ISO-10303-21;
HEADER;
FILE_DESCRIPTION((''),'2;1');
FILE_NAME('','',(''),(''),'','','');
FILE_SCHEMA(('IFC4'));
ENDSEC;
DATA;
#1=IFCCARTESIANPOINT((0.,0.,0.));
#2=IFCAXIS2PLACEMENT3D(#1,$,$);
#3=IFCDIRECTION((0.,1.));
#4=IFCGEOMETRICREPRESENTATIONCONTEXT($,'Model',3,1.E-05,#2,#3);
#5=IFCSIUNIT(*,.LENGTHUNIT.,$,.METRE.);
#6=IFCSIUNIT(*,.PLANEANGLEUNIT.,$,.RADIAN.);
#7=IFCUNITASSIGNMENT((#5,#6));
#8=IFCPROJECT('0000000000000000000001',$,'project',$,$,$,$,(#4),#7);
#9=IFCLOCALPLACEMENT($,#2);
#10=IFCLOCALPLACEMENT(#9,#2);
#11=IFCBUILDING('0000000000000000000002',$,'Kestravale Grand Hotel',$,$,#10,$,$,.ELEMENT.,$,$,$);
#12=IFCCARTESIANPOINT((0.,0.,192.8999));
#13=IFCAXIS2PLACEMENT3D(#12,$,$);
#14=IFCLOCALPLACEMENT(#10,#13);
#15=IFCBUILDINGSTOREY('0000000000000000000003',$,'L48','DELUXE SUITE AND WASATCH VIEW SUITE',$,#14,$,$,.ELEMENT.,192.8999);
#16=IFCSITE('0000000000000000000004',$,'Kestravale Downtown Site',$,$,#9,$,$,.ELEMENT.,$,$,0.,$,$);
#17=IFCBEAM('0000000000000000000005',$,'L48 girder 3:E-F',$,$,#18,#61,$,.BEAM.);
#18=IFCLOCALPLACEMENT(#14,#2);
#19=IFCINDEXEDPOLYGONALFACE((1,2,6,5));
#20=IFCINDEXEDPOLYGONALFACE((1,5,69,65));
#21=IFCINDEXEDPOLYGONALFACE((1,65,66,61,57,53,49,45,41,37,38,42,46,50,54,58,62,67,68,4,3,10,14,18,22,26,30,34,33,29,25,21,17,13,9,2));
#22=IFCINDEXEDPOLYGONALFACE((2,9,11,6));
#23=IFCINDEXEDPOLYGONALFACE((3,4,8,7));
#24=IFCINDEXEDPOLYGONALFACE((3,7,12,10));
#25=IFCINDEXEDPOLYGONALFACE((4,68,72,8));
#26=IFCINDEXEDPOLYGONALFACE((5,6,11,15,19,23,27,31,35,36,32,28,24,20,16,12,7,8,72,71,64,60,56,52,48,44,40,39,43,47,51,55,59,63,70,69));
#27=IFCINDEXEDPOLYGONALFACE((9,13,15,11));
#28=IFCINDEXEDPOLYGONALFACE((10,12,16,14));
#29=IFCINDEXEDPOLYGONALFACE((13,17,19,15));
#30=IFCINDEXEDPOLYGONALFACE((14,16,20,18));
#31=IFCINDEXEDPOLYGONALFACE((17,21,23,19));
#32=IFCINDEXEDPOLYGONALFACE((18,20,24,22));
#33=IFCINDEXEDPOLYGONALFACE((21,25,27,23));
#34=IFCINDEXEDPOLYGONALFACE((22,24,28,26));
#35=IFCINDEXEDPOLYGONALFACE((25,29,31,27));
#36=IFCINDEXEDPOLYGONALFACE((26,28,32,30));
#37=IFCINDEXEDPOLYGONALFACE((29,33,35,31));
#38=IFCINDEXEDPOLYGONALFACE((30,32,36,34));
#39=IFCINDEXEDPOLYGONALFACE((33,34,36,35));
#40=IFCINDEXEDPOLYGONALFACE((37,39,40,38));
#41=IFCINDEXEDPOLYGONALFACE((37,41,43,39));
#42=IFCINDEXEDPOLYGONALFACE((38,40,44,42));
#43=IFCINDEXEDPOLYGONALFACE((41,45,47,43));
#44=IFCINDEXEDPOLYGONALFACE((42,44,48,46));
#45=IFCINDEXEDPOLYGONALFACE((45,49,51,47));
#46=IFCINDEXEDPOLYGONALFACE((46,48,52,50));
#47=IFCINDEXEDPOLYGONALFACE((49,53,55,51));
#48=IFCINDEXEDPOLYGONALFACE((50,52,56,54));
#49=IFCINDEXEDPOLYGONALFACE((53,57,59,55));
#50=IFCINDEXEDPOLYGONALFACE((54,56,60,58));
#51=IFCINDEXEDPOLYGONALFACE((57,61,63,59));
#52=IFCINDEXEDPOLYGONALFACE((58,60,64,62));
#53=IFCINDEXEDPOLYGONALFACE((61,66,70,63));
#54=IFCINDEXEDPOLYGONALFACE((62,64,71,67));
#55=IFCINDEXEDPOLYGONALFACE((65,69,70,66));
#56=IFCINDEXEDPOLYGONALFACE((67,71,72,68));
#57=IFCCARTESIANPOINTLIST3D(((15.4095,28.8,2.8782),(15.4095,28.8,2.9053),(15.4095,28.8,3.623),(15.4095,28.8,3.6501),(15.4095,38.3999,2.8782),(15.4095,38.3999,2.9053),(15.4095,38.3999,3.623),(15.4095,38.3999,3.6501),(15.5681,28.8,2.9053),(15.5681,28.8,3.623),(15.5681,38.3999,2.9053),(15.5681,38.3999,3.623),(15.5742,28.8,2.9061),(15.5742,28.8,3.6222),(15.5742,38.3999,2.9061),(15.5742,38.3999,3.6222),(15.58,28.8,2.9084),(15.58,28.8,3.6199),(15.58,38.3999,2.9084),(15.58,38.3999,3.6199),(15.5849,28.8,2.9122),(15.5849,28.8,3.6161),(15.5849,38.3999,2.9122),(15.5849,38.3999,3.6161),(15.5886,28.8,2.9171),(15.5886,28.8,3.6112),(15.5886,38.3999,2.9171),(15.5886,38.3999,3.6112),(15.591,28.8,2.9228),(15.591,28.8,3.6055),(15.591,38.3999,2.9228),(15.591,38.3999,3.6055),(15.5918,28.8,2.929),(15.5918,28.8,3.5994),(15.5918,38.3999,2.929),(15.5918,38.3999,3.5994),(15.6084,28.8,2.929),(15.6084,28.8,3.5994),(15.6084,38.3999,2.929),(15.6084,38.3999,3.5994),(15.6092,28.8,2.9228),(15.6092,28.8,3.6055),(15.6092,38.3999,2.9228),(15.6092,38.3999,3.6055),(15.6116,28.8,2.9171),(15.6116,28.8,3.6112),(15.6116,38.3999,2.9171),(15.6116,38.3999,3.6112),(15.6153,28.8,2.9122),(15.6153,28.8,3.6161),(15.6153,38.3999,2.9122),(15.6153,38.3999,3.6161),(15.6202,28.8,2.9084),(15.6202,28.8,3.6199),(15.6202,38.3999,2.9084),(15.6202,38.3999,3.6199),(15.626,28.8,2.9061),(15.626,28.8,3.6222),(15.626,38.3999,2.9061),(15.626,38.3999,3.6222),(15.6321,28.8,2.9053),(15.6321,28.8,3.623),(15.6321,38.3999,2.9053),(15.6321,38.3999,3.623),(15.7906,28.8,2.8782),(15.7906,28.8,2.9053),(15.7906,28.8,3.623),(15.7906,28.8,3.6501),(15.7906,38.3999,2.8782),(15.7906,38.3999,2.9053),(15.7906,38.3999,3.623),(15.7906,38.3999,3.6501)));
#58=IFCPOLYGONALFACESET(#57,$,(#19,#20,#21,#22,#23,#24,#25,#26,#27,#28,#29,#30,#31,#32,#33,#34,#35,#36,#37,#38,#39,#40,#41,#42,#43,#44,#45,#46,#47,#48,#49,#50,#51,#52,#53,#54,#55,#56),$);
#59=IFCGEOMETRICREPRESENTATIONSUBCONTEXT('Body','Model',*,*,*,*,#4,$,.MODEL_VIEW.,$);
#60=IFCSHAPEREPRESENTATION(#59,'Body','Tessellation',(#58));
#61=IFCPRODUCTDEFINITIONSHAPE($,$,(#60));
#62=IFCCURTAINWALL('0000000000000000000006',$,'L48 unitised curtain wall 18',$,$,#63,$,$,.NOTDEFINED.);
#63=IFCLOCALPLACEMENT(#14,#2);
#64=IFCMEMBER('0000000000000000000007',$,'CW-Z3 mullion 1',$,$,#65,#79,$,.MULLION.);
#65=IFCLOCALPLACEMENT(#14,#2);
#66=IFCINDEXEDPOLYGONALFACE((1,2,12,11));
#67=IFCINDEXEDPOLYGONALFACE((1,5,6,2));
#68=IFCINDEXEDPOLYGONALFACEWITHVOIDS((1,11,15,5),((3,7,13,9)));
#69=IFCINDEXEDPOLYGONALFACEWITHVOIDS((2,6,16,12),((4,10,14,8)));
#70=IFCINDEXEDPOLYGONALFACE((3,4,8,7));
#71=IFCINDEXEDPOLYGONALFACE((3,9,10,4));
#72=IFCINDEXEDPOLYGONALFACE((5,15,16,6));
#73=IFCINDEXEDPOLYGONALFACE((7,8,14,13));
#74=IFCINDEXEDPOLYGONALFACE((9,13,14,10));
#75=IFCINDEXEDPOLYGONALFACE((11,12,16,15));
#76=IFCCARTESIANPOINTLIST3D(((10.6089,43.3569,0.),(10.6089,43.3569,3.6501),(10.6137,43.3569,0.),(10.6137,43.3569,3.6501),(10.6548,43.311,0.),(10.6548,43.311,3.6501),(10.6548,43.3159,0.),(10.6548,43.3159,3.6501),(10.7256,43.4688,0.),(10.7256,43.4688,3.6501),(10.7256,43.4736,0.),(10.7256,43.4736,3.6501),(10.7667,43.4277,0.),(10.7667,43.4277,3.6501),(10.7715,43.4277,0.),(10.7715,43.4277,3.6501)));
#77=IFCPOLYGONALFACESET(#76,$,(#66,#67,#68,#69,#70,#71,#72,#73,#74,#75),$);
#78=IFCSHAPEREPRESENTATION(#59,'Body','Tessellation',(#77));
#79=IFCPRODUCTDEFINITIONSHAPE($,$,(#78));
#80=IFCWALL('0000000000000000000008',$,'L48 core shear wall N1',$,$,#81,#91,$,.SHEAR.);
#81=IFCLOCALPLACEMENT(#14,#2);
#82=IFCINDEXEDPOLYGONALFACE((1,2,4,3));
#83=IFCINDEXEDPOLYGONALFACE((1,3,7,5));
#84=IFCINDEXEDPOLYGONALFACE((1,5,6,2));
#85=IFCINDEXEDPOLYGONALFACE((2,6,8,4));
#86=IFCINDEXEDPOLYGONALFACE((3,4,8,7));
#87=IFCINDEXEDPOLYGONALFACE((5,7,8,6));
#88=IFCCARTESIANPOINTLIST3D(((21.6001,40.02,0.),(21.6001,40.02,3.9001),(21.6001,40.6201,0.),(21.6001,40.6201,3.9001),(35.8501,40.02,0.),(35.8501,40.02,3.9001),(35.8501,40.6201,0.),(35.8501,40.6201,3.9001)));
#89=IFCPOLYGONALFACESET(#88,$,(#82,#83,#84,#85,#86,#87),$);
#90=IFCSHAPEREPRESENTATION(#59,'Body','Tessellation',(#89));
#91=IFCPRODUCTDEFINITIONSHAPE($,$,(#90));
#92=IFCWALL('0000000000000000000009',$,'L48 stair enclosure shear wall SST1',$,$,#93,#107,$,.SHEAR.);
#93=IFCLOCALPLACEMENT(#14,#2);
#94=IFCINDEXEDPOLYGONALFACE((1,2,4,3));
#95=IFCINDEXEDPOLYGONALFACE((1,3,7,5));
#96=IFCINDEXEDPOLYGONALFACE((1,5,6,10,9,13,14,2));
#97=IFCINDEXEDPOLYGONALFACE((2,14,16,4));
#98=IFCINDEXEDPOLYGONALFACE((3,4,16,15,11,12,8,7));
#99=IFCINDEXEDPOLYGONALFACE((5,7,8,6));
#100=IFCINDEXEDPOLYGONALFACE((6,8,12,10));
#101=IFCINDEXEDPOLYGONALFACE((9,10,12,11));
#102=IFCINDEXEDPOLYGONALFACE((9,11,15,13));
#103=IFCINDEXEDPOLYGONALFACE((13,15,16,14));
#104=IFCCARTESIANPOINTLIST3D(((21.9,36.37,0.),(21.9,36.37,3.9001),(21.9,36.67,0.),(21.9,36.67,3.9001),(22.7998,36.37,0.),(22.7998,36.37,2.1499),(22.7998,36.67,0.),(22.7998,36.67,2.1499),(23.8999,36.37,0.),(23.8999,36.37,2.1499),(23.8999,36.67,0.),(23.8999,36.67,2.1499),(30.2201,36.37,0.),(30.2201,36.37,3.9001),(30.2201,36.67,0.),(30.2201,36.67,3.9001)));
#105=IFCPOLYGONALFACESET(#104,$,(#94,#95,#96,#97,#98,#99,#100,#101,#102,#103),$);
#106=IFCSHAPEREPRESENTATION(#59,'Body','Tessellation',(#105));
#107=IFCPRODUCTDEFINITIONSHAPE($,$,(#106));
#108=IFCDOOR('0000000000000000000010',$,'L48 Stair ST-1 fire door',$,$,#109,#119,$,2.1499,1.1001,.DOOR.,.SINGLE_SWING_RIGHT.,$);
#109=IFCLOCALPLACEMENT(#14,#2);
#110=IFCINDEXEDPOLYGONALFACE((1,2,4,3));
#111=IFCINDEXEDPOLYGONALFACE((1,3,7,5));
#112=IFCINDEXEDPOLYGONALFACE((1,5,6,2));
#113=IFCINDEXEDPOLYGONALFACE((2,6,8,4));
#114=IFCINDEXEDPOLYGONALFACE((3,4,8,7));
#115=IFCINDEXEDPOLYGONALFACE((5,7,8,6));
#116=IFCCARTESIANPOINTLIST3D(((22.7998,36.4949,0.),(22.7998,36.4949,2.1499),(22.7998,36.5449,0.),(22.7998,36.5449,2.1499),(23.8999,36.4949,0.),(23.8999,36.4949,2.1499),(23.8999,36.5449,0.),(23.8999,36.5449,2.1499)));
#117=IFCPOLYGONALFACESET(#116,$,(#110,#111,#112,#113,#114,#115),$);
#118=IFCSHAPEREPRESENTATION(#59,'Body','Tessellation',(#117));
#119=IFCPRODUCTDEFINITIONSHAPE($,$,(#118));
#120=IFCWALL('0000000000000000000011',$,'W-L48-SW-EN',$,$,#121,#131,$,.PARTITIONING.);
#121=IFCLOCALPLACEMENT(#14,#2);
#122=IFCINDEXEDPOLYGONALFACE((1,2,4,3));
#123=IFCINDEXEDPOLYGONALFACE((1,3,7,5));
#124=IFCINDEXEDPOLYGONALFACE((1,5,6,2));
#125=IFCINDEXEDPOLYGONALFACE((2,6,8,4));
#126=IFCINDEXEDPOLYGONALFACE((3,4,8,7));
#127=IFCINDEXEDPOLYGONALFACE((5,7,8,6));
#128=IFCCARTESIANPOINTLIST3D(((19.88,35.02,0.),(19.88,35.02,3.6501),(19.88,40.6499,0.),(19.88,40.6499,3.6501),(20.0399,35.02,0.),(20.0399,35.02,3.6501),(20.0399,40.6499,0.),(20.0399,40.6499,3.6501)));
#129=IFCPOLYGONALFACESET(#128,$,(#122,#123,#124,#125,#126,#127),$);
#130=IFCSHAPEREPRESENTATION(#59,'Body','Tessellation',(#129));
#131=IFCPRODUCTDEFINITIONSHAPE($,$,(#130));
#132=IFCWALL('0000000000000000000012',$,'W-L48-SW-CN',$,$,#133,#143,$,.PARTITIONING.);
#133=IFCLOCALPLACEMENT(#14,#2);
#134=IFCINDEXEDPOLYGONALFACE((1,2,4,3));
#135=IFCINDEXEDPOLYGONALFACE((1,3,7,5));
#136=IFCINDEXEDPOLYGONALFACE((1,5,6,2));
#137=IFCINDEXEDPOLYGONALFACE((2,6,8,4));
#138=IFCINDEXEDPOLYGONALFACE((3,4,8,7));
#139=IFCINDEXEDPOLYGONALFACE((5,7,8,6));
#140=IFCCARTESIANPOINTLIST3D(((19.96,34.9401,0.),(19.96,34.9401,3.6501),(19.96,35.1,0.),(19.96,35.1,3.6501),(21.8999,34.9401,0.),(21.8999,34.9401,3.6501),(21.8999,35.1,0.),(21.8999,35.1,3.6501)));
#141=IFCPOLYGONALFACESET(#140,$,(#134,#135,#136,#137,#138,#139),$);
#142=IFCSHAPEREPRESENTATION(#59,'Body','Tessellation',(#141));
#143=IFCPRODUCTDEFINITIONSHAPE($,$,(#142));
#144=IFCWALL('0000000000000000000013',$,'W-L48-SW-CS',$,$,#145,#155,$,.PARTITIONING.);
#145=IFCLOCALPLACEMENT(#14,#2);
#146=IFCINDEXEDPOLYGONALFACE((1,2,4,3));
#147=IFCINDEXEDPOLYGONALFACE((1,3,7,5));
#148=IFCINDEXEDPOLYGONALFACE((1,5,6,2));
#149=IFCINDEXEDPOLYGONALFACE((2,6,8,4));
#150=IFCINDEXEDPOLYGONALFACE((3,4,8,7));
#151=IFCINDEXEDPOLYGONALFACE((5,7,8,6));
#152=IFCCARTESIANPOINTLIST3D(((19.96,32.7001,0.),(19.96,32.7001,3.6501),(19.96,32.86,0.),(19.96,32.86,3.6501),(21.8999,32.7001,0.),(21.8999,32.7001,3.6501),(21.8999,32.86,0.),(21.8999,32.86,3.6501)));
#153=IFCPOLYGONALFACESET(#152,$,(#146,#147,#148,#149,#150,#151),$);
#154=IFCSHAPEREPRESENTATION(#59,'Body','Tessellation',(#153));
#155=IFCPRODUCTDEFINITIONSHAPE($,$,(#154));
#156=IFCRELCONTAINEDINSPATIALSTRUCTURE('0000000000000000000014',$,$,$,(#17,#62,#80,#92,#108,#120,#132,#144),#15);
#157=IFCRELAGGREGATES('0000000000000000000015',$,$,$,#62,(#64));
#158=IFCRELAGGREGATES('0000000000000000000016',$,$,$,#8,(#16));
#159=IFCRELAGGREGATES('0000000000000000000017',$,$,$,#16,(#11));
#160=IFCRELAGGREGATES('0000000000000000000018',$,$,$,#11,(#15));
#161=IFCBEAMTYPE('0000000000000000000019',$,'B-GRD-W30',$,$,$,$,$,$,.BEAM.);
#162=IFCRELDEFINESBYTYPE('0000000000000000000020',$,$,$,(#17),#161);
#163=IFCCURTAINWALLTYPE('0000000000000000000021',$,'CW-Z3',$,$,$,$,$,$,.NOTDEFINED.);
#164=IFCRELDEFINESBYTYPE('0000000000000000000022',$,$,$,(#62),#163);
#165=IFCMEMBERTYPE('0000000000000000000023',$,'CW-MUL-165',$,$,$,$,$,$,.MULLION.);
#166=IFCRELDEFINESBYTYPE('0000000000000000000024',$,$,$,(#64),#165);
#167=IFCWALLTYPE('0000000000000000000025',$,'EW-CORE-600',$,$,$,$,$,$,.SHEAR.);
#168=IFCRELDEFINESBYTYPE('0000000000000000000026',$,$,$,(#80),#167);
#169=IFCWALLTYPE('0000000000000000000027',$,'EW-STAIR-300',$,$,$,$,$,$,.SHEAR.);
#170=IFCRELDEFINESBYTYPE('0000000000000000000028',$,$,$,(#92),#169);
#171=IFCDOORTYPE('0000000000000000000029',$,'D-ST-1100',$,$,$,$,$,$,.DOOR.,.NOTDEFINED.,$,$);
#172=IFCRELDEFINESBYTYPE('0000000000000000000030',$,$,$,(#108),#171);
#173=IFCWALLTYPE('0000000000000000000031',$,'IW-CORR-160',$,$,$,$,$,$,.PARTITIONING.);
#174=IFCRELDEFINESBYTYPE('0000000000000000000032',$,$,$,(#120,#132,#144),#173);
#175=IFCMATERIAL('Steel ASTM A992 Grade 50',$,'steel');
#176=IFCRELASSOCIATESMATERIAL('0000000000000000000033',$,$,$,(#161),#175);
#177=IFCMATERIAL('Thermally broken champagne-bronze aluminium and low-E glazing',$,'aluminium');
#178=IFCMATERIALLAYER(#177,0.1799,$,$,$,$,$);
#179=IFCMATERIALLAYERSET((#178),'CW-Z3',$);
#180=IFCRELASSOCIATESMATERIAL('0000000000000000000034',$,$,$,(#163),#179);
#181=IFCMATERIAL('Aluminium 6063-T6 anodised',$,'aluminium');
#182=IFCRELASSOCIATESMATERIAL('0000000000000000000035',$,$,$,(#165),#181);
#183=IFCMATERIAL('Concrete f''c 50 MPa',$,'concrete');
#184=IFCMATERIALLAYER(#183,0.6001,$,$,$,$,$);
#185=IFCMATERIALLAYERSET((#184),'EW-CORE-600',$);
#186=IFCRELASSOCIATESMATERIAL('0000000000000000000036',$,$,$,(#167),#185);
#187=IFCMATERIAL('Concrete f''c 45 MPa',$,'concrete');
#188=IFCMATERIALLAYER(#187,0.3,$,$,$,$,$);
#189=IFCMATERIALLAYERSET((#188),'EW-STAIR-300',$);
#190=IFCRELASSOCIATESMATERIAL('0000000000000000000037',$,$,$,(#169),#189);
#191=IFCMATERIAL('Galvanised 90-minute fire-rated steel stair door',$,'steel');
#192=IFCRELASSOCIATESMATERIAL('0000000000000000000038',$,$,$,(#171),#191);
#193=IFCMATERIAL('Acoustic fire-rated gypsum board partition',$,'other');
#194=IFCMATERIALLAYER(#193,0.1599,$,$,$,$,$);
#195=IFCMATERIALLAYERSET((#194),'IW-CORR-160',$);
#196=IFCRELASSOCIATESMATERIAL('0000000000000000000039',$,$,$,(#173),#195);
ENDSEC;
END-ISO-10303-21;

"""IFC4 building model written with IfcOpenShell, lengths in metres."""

from ifc_helpers import new_model, si_unit, direction, frame, frame_2d, origin, origin_2d, place, context, subcontext, project, spatial, rectangle, hollow_rectangle, i_section, extrude, material, layer, layer_set, material_profile, profile_set, type_object, element, fill, aggregate, save


model = new_model("IFC4")

# Units and contexts
model_context = context("Model", 3, precision=1e-05, world=origin(), true_north=direction((0.0, 1.0)))
body_context = subcontext(model_context, "Body", "Model", "MODEL_VIEW")
ifc_project = project(units=[si_unit("LENGTHUNIT", "METRE"), si_unit("PLANEANGLEUNIT", "RADIAN")], contexts=[model_context])

# Site, building, storey
site_placement = place(None, origin())
site = spatial("IfcSite", under=ifc_project, at=site_placement, Name="Kestravale Downtown Site", CompositionType="ELEMENT", RefElevation=0.0)
building_placement = place(site_placement, origin())
building = spatial("IfcBuilding", under=site, at=building_placement, Name="Kestravale Grand Hotel", CompositionType="ELEMENT")
storey_placement = place(building_placement, frame((0.0, 0.0, 192.8999)))
storey = spatial("IfcBuildingStorey", under=building, at=storey_placement, Name="L48", Description="DELUXE SUITE AND WASATCH VIEW SUITE", CompositionType="ELEMENT", Elevation=192.8999)

# Beam
ifc_material_1 = material(Name="Steel ASTM A992 Grade 50", Category="steel")
ifc_material_profile_1 = material_profile(ifc_material_1, i_section(OverallWidth=0.3811, OverallDepth=0.772, WebThickness=0.0166, FlangeThickness=0.0271, FilletRadius=0.0237, at=origin_2d()))
ifc_profile_set_1 = profile_set([ifc_material_profile_1], Name="Steel ASTM A992 Grade 50")
beam_type_1 = type_object("IfcBeamType", Name="B-GRD-W30", PredefinedType="BEAM", material=ifc_profile_set_1)
beam_1_placement = place(storey_placement, frame((15.6001, 28.8, 3.2642), z_axis=(0.0, 1.0, 0.0), x_axis=(-1.0, 0.0, 0.0)))
element("IfcBeam", 1, at=beam_1_placement, inside=storey, type_object=beam_type_1, Name="L48 girder 3:E-F", PredefinedType="BEAM", context=body_context, shape_type="SweptSolid", body=[
    extrude(i_section(OverallWidth=0.3811, OverallDepth=0.772, WebThickness=0.0166, FlangeThickness=0.0271, FilletRadius=0.0237, at=origin_2d()), origin(), (0.0, 0.0, 1.0), 9.5999),
])

# Curtain wall, member
ifc_material_2 = material(Name="Thermally broken champagne-bronze aluminium and low-E glazing", Category="aluminium")
ifc_layer_1 = layer(ifc_material_2, 0.1799)
ifc_layer_set_1 = layer_set([ifc_layer_1], Name="CW-Z3")
curtain_wall_type = type_object("IfcCurtainWallType", Name="CW-Z3", PredefinedType="NOTDEFINED", material=ifc_layer_set_1)
curtain_wall_placement = place(storey_placement, origin())
curtain_wall = element("IfcCurtainWall", 2, at=curtain_wall_placement, inside=storey, type_object=curtain_wall_type, Name="L48 unitised curtain wall 18", PredefinedType="NOTDEFINED")
ifc_material_3 = material(Name="Aluminium 6063-T6 anodised", Category="aluminium")
ifc_material_profile_2 = material_profile(ifc_material_3, hollow_rectangle(XDim=0.0649, YDim=0.165, WallThickness=0.0034, at=origin_2d()))
ifc_profile_set_2 = profile_set([ifc_material_profile_2], Name="Aluminium 6063-T6 anodised")
member_type = type_object("IfcMemberType", Name="CW-MUL-165", PredefinedType="MULLION", material=ifc_profile_set_2)
member_placement = place(storey_placement, frame((10.6902, 43.3923, 0.0), z_axis=(0.0, 0.0, 1.0), x_axis=(0.707107, -0.707107, 0.0)))
member = element("IfcMember", 3, at=member_placement, type_object=member_type, Name="CW-Z3 mullion 1", PredefinedType="MULLION", context=body_context, shape_type="SweptSolid", body=[
    extrude(hollow_rectangle(XDim=0.0649, YDim=0.165, WallThickness=0.0034, at=origin_2d()), origin(), (0.0, 0.0, 1.0), 3.6501),
])
aggregate(curtain_wall, [member])

# Wall
ifc_material_4 = material(Name="Concrete f'c 50 MPa", Category="concrete")
ifc_layer_2 = layer(ifc_material_4, 0.6001)
ifc_layer_set_2 = layer_set([ifc_layer_2], Name="EW-CORE-600")
wall_type_1 = type_object("IfcWallType", Name="EW-CORE-600", PredefinedType="SHEAR", material=ifc_layer_set_2)
wall_1_placement = place(storey_placement, frame((21.6001, 40.3201, 0.0), z_axis=(0.0, 0.0, 1.0), x_axis=(1.0, 0.0, 0.0)))
element("IfcWall", 4, at=wall_1_placement, inside=storey, type_object=wall_type_1, Name="L48 core shear wall N1", PredefinedType="SHEAR", context=body_context, shape_type="SweptSolid", body=[
    extrude(rectangle(XDim=14.25, YDim=0.6001, at=frame_2d((7.125, 0.0))), origin(), (0.0, 0.0, 1.0), 3.9001),
])

# Wall, opening, door
ifc_material_5 = material(Name="Concrete f'c 45 MPa", Category="concrete")
ifc_layer_3 = layer(ifc_material_5, 0.3)
ifc_layer_set_3 = layer_set([ifc_layer_3], Name="EW-STAIR-300")
wall_type_2 = type_object("IfcWallType", Name="EW-STAIR-300", PredefinedType="SHEAR", material=ifc_layer_set_3)
wall_2_placement = place(storey_placement, frame((21.8999, 36.52, 0.0), z_axis=(0.0, 0.0, 1.0), x_axis=(1.0, 0.0, 0.0)))
wall_2 = element("IfcWall", 5, at=wall_2_placement, inside=storey, type_object=wall_type_2, Name="L48 stair enclosure shear wall SST1", PredefinedType="SHEAR", context=body_context, shape_type="SweptSolid", body=[
    extrude(rectangle(XDim=8.3201, YDim=0.3, at=frame_2d((4.1602, 0.0))), origin(), (0.0, 0.0, 1.0), 3.9001),
])
opening_1_placement = place(wall_2_placement, frame((0.8999, 0.0, 0.0)))
opening_1 = element("IfcOpeningElement", 6, at=opening_1_placement, cuts=wall_2, PredefinedType="OPENING", context=body_context, shape_type="SweptSolid", body=[
    extrude(rectangle(XDim=1.1001, YDim=2.1499, at=frame_2d((0.55, 1.075))), frame((0.0, 0.1599, 0.0), z_axis=(0.0, -1.0, 0.0), x_axis=(1.0, 0.0, 0.0)), (0.0, 0.0, 1.0), 0.3201),
])
ifc_material_6 = material(Name="Galvanised 90-minute fire-rated steel stair door", Category="steel")
door_type_1 = type_object("IfcDoorType", Name="D-ST-1100", OperationType="NOTDEFINED", PredefinedType="DOOR", material=ifc_material_6)
door_1_placement = place(opening_1_placement, origin())
door_1 = element("IfcDoor", 7, at=door_1_placement, inside=storey, type_object=door_type_1, Name="L48 Stair ST-1 fire door", OperationType="SINGLE_SWING_RIGHT", OverallHeight=2.1499, OverallWidth=1.1001, PredefinedType="DOOR", context=body_context, shape_type="SweptSolid", body=[
    extrude(rectangle(XDim=1.1001, YDim=2.1499, at=frame_2d((0.55, 1.075))), frame((0.0, 0.0249, 0.0), z_axis=(0.0, -1.0, 0.0), x_axis=(1.0, 0.0, 0.0)), (0.0, 0.0, 1.0), 0.05),
])
fill(opening_1, door_1)

# Walls
ifc_material_7 = material(Name="Acoustic fire-rated gypsum board partition", Category="other")
ifc_layer_4 = layer(ifc_material_7, 0.1599)
ifc_layer_set_4 = layer_set([ifc_layer_4], Name="IW-CORR-160")
wall_type_3 = type_object("IfcWallType", Name="IW-CORR-160", PredefinedType="PARTITIONING", material=ifc_layer_set_4)
wall_3_placement = place(storey_placement, frame((19.96, 35.02, 0.0), z_axis=(0.0, 0.0, 1.0), x_axis=(0.0, 1.0, 0.0)))
element("IfcWall", 8, at=wall_3_placement, inside=storey, type_object=wall_type_3, Name="W-L48-SW-EN", PredefinedType="PARTITIONING", context=body_context, shape_type="SweptSolid", body=[
    extrude(rectangle(XDim=5.6299, YDim=0.1599, at=frame_2d((2.8149, 0.0))), origin(), (0.0, 0.0, 1.0), 3.6501),
])
for number, where, z_axis, x_axis, name in (
    (9, (19.96, 35.02, 0.0), (0.0, 0.0, 1.0), (1.0, 0.0, 0.0), "W-L48-SW-CN"),
    (10, (19.96, 32.78, 0.0), (0.0, 0.0, 1.0), (1.0, 0.0, 0.0), "W-L48-SW-CS"),
):
    element("IfcWall", number, at=place(storey_placement, frame(where, z_axis=z_axis, x_axis=x_axis)), inside=storey, type_object=wall_type_3, Name=name, PredefinedType="PARTITIONING", context=body_context, shape_type="SweptSolid", body=[
        extrude(rectangle(XDim=1.9399, YDim=0.1599, at=frame_2d((0.97, 0.0))), origin(), (0.0, 0.0, 1.0), 3.6501),
    ])

save(model, "model.ifc")
